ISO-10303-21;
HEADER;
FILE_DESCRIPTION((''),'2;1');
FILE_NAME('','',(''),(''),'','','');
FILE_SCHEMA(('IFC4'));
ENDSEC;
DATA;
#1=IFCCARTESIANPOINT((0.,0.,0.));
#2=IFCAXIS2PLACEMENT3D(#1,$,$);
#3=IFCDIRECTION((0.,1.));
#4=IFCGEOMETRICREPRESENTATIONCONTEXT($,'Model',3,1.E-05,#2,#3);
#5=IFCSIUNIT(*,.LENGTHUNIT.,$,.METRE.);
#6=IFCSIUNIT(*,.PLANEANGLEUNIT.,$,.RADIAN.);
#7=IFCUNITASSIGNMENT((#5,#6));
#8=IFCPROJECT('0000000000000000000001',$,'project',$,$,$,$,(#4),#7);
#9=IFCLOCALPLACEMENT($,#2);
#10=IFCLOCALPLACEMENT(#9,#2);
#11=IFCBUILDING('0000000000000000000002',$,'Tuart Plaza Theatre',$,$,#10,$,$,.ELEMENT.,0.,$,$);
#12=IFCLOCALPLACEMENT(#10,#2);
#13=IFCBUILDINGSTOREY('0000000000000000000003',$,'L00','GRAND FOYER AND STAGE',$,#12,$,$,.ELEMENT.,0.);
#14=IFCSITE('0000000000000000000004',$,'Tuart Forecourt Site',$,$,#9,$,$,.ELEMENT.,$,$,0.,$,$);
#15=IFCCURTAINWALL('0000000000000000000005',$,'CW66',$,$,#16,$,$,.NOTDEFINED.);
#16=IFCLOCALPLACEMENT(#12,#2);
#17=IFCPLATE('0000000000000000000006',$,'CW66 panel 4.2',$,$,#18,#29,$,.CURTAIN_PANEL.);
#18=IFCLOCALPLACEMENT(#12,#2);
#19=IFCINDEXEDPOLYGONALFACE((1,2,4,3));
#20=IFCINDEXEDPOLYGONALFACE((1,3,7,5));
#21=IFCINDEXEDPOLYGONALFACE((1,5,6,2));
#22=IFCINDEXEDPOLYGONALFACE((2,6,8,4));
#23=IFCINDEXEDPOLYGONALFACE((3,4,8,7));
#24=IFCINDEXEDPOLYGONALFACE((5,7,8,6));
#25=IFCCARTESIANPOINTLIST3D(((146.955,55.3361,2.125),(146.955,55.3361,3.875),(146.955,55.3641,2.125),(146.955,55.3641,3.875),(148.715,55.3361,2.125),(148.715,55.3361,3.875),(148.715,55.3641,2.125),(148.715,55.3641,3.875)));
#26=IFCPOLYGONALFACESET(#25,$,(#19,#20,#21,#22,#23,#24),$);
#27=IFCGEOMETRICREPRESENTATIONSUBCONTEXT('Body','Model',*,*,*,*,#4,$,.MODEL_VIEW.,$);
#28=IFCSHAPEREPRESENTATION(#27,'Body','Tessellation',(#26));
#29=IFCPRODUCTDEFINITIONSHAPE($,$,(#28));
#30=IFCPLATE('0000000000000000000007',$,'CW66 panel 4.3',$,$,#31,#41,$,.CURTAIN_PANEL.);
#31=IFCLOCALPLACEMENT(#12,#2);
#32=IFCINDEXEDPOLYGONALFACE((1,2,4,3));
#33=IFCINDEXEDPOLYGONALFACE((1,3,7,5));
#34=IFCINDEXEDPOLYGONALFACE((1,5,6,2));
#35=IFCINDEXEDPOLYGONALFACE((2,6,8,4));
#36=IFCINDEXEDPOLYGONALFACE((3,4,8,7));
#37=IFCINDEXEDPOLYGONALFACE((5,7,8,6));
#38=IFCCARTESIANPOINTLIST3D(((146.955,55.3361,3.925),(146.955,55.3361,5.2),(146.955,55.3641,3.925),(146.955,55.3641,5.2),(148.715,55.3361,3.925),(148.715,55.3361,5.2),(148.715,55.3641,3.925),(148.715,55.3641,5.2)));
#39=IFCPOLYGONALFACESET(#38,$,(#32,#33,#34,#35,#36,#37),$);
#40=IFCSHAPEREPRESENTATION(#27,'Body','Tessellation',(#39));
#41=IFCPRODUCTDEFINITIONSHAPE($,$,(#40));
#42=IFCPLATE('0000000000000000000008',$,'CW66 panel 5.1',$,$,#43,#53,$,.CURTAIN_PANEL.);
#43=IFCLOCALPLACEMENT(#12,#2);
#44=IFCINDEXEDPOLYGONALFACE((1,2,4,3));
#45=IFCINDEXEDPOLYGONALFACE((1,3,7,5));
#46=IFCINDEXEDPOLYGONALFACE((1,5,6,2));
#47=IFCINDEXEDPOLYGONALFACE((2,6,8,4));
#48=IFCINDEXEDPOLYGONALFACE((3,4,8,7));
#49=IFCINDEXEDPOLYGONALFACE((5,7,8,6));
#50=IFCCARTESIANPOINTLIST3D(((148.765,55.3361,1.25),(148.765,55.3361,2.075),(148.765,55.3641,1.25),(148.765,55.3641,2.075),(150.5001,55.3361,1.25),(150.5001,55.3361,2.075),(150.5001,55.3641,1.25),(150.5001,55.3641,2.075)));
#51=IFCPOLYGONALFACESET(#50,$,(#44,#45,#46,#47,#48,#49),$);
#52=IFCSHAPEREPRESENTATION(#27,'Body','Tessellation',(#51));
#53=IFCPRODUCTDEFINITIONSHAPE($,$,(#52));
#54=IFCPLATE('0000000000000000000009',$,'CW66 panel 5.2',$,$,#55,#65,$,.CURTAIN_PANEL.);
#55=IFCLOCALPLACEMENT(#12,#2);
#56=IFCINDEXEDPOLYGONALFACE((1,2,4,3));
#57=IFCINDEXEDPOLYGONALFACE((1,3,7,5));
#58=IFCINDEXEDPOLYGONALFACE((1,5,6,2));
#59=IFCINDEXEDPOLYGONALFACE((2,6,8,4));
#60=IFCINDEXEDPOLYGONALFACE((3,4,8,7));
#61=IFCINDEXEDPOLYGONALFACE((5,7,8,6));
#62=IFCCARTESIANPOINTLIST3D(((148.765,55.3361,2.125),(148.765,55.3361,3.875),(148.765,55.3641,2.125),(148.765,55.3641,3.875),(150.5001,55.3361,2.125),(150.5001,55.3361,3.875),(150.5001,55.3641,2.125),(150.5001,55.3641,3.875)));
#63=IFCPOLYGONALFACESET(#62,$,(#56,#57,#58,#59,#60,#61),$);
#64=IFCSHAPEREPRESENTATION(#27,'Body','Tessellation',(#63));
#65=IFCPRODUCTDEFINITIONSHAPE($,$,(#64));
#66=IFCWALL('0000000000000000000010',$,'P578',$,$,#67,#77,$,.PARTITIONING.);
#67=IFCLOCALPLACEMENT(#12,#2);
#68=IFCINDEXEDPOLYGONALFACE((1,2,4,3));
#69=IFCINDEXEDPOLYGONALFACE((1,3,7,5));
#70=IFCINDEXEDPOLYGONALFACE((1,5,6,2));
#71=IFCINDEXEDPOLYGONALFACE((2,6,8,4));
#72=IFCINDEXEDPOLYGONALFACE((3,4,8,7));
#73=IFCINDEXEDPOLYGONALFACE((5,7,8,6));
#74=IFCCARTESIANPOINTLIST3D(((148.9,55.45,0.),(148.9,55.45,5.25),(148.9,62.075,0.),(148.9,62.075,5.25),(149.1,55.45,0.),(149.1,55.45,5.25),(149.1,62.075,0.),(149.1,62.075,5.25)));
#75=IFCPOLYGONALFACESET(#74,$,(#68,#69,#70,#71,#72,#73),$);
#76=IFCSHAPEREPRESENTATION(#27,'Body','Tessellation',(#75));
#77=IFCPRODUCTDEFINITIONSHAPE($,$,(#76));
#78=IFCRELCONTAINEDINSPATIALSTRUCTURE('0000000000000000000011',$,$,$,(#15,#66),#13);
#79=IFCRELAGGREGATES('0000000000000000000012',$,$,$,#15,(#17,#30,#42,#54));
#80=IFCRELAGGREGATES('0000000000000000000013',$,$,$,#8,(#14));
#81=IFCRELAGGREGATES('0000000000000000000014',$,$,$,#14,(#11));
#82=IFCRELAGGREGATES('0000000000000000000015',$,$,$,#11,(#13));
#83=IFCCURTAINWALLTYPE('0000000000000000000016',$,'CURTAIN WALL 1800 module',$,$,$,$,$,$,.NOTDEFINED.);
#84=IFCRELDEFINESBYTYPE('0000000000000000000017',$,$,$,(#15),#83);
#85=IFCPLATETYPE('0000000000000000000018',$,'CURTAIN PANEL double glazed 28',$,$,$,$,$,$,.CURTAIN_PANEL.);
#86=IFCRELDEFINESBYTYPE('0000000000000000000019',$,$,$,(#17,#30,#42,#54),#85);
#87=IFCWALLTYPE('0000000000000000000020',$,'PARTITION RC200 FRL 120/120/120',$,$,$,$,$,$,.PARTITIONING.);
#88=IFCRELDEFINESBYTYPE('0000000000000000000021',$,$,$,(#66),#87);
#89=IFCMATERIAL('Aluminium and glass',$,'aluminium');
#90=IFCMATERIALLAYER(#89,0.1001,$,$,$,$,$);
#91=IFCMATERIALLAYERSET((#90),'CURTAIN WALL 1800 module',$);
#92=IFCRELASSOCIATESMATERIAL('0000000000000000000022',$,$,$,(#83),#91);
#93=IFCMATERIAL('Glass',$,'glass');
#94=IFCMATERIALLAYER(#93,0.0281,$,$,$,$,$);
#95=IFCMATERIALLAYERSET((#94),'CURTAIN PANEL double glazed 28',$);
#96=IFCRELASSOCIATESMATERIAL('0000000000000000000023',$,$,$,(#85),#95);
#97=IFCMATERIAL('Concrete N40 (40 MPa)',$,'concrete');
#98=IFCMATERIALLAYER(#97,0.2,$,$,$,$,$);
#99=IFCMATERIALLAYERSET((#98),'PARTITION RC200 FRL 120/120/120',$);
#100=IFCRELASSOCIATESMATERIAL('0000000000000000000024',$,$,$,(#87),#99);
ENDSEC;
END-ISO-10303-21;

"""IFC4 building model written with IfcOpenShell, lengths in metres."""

from ifc_helpers import new_model, si_unit, direction, frame, frame_2d, origin, origin_2d, place, context, subcontext, project, spatial, rectangle, extrude, material, layer, layer_set, type_object, element, aggregate, save


model = new_model("IFC4")

# Units and contexts
model_context = context("Model", 3, precision=1e-05, world=origin(), true_north=direction((0.0, 1.0)))
body_context = subcontext(model_context, "Body", "Model", "MODEL_VIEW")
ifc_project = project(units=[si_unit("LENGTHUNIT", "METRE"), si_unit("PLANEANGLEUNIT", "RADIAN")], contexts=[model_context])

# Site, building, storey
site_placement = place(None, origin())
site = spatial("IfcSite", under=ifc_project, at=site_placement, Name="Tuart Forecourt Site", CompositionType="ELEMENT", RefElevation=0.0)
building_placement = place(site_placement, origin())
building = spatial("IfcBuilding", under=site, at=building_placement, Name="Tuart Plaza Theatre", CompositionType="ELEMENT", ElevationOfRefHeight=0.0)
storey_placement = place(building_placement, origin())
storey = spatial("IfcBuildingStorey", under=building, at=storey_placement, Name="L00", Description="GRAND FOYER AND STAGE", CompositionType="ELEMENT", Elevation=0.0)

# Curtain wall, plates
ifc_material_1 = material(Name="Aluminium and glass", Category="aluminium")
ifc_layer_1 = layer(ifc_material_1, 0.1001)
ifc_layer_set_1 = layer_set([ifc_layer_1], Name="CURTAIN WALL 1800 module")
curtain_wall_type = type_object("IfcCurtainWallType", Name="CURTAIN WALL 1800 module", PredefinedType="NOTDEFINED", material=ifc_layer_set_1)
curtain_wall_placement = place(storey_placement, origin())
curtain_wall = element("IfcCurtainWall", 1, at=curtain_wall_placement, inside=storey, type_object=curtain_wall_type, Name="CW66", PredefinedType="NOTDEFINED")
ifc_material_2 = material(Name="Glass", Category="glass")
ifc_layer_2 = layer(ifc_material_2, 0.0281)
ifc_layer_set_2 = layer_set([ifc_layer_2], Name="CURTAIN PANEL double glazed 28")
plate_type = type_object("IfcPlateType", Name="CURTAIN PANEL double glazed 28", PredefinedType="CURTAIN_PANEL", material=ifc_layer_set_2)
plate_1_placement = place(storey_placement, frame((147.835, 55.3501, 2.125), z_axis=(0.0, 0.0, 1.0), x_axis=(1.0, 0.0, 0.0)))
plate_1 = element("IfcPlate", 2, at=plate_1_placement, type_object=plate_type, Name="CW66 panel 4.2", PredefinedType="CURTAIN_PANEL", context=body_context, shape_type="SweptSolid", body=[
    extrude(rectangle(XDim=1.76, YDim=0.0281, at=origin_2d()), origin(), (0.0, 0.0, 1.0), 1.75),
])
plate_2_placement = place(storey_placement, frame((147.835, 55.3501, 3.925), z_axis=(0.0, 0.0, 1.0), x_axis=(1.0, 0.0, 0.0)))
plate_2 = element("IfcPlate", 3, at=plate_2_placement, type_object=plate_type, Name="CW66 panel 4.3", PredefinedType="CURTAIN_PANEL", context=body_context, shape_type="SweptSolid", body=[
    extrude(rectangle(XDim=1.76, YDim=0.0281, at=origin_2d()), origin(), (0.0, 0.0, 1.0), 1.2749),
])
plate_3_placement = place(storey_placement, frame((149.6326, 55.3501, 1.25), z_axis=(0.0, 0.0, 1.0), x_axis=(1.0, 0.0, 0.0)))
plate_3 = element("IfcPlate", 4, at=plate_3_placement, type_object=plate_type, Name="CW66 panel 5.1", PredefinedType="CURTAIN_PANEL", context=body_context, shape_type="SweptSolid", body=[
    extrude(rectangle(XDim=1.7351, YDim=0.0281, at=origin_2d()), origin(), (0.0, 0.0, 1.0), 0.825),
])
plate_4_placement = place(storey_placement, frame((149.6326, 55.3501, 2.125), z_axis=(0.0, 0.0, 1.0), x_axis=(1.0, 0.0, 0.0)))
plate_4 = element("IfcPlate", 5, at=plate_4_placement, type_object=plate_type, Name="CW66 panel 5.2", PredefinedType="CURTAIN_PANEL", context=body_context, shape_type="SweptSolid", body=[
    extrude(rectangle(XDim=1.7351, YDim=0.0281, at=origin_2d()), origin(), (0.0, 0.0, 1.0), 1.75),
])
aggregate(curtain_wall, [plate_1, plate_2, plate_3, plate_4])

# Wall
ifc_material_3 = material(Name="Concrete N40 (40 MPa)", Category="concrete")
ifc_layer_3 = layer(ifc_material_3, 0.2)
ifc_layer_set_3 = layer_set([ifc_layer_3], Name="PARTITION RC200 FRL 120/120/120")
wall_type = type_object("IfcWallType", Name="PARTITION RC200 FRL 120/120/120", PredefinedType="PARTITIONING", material=ifc_layer_set_3)
wall_placement = place(storey_placement, frame((149.0, 55.45, 0.0), z_axis=(0.0, 0.0, 1.0), x_axis=(0.0, 1.0, 0.0)))
element("IfcWall", 6, at=wall_placement, inside=storey, type_object=wall_type, Name="P578", PredefinedType="PARTITIONING", context=body_context, shape_type="SweptSolid", body=[
    extrude(rectangle(XDim=6.625, YDim=0.2, at=frame_2d((3.3125, 0.0))), origin(), (0.0, 0.0, 1.0), 5.25),
])

save(model, "model.ifc")
